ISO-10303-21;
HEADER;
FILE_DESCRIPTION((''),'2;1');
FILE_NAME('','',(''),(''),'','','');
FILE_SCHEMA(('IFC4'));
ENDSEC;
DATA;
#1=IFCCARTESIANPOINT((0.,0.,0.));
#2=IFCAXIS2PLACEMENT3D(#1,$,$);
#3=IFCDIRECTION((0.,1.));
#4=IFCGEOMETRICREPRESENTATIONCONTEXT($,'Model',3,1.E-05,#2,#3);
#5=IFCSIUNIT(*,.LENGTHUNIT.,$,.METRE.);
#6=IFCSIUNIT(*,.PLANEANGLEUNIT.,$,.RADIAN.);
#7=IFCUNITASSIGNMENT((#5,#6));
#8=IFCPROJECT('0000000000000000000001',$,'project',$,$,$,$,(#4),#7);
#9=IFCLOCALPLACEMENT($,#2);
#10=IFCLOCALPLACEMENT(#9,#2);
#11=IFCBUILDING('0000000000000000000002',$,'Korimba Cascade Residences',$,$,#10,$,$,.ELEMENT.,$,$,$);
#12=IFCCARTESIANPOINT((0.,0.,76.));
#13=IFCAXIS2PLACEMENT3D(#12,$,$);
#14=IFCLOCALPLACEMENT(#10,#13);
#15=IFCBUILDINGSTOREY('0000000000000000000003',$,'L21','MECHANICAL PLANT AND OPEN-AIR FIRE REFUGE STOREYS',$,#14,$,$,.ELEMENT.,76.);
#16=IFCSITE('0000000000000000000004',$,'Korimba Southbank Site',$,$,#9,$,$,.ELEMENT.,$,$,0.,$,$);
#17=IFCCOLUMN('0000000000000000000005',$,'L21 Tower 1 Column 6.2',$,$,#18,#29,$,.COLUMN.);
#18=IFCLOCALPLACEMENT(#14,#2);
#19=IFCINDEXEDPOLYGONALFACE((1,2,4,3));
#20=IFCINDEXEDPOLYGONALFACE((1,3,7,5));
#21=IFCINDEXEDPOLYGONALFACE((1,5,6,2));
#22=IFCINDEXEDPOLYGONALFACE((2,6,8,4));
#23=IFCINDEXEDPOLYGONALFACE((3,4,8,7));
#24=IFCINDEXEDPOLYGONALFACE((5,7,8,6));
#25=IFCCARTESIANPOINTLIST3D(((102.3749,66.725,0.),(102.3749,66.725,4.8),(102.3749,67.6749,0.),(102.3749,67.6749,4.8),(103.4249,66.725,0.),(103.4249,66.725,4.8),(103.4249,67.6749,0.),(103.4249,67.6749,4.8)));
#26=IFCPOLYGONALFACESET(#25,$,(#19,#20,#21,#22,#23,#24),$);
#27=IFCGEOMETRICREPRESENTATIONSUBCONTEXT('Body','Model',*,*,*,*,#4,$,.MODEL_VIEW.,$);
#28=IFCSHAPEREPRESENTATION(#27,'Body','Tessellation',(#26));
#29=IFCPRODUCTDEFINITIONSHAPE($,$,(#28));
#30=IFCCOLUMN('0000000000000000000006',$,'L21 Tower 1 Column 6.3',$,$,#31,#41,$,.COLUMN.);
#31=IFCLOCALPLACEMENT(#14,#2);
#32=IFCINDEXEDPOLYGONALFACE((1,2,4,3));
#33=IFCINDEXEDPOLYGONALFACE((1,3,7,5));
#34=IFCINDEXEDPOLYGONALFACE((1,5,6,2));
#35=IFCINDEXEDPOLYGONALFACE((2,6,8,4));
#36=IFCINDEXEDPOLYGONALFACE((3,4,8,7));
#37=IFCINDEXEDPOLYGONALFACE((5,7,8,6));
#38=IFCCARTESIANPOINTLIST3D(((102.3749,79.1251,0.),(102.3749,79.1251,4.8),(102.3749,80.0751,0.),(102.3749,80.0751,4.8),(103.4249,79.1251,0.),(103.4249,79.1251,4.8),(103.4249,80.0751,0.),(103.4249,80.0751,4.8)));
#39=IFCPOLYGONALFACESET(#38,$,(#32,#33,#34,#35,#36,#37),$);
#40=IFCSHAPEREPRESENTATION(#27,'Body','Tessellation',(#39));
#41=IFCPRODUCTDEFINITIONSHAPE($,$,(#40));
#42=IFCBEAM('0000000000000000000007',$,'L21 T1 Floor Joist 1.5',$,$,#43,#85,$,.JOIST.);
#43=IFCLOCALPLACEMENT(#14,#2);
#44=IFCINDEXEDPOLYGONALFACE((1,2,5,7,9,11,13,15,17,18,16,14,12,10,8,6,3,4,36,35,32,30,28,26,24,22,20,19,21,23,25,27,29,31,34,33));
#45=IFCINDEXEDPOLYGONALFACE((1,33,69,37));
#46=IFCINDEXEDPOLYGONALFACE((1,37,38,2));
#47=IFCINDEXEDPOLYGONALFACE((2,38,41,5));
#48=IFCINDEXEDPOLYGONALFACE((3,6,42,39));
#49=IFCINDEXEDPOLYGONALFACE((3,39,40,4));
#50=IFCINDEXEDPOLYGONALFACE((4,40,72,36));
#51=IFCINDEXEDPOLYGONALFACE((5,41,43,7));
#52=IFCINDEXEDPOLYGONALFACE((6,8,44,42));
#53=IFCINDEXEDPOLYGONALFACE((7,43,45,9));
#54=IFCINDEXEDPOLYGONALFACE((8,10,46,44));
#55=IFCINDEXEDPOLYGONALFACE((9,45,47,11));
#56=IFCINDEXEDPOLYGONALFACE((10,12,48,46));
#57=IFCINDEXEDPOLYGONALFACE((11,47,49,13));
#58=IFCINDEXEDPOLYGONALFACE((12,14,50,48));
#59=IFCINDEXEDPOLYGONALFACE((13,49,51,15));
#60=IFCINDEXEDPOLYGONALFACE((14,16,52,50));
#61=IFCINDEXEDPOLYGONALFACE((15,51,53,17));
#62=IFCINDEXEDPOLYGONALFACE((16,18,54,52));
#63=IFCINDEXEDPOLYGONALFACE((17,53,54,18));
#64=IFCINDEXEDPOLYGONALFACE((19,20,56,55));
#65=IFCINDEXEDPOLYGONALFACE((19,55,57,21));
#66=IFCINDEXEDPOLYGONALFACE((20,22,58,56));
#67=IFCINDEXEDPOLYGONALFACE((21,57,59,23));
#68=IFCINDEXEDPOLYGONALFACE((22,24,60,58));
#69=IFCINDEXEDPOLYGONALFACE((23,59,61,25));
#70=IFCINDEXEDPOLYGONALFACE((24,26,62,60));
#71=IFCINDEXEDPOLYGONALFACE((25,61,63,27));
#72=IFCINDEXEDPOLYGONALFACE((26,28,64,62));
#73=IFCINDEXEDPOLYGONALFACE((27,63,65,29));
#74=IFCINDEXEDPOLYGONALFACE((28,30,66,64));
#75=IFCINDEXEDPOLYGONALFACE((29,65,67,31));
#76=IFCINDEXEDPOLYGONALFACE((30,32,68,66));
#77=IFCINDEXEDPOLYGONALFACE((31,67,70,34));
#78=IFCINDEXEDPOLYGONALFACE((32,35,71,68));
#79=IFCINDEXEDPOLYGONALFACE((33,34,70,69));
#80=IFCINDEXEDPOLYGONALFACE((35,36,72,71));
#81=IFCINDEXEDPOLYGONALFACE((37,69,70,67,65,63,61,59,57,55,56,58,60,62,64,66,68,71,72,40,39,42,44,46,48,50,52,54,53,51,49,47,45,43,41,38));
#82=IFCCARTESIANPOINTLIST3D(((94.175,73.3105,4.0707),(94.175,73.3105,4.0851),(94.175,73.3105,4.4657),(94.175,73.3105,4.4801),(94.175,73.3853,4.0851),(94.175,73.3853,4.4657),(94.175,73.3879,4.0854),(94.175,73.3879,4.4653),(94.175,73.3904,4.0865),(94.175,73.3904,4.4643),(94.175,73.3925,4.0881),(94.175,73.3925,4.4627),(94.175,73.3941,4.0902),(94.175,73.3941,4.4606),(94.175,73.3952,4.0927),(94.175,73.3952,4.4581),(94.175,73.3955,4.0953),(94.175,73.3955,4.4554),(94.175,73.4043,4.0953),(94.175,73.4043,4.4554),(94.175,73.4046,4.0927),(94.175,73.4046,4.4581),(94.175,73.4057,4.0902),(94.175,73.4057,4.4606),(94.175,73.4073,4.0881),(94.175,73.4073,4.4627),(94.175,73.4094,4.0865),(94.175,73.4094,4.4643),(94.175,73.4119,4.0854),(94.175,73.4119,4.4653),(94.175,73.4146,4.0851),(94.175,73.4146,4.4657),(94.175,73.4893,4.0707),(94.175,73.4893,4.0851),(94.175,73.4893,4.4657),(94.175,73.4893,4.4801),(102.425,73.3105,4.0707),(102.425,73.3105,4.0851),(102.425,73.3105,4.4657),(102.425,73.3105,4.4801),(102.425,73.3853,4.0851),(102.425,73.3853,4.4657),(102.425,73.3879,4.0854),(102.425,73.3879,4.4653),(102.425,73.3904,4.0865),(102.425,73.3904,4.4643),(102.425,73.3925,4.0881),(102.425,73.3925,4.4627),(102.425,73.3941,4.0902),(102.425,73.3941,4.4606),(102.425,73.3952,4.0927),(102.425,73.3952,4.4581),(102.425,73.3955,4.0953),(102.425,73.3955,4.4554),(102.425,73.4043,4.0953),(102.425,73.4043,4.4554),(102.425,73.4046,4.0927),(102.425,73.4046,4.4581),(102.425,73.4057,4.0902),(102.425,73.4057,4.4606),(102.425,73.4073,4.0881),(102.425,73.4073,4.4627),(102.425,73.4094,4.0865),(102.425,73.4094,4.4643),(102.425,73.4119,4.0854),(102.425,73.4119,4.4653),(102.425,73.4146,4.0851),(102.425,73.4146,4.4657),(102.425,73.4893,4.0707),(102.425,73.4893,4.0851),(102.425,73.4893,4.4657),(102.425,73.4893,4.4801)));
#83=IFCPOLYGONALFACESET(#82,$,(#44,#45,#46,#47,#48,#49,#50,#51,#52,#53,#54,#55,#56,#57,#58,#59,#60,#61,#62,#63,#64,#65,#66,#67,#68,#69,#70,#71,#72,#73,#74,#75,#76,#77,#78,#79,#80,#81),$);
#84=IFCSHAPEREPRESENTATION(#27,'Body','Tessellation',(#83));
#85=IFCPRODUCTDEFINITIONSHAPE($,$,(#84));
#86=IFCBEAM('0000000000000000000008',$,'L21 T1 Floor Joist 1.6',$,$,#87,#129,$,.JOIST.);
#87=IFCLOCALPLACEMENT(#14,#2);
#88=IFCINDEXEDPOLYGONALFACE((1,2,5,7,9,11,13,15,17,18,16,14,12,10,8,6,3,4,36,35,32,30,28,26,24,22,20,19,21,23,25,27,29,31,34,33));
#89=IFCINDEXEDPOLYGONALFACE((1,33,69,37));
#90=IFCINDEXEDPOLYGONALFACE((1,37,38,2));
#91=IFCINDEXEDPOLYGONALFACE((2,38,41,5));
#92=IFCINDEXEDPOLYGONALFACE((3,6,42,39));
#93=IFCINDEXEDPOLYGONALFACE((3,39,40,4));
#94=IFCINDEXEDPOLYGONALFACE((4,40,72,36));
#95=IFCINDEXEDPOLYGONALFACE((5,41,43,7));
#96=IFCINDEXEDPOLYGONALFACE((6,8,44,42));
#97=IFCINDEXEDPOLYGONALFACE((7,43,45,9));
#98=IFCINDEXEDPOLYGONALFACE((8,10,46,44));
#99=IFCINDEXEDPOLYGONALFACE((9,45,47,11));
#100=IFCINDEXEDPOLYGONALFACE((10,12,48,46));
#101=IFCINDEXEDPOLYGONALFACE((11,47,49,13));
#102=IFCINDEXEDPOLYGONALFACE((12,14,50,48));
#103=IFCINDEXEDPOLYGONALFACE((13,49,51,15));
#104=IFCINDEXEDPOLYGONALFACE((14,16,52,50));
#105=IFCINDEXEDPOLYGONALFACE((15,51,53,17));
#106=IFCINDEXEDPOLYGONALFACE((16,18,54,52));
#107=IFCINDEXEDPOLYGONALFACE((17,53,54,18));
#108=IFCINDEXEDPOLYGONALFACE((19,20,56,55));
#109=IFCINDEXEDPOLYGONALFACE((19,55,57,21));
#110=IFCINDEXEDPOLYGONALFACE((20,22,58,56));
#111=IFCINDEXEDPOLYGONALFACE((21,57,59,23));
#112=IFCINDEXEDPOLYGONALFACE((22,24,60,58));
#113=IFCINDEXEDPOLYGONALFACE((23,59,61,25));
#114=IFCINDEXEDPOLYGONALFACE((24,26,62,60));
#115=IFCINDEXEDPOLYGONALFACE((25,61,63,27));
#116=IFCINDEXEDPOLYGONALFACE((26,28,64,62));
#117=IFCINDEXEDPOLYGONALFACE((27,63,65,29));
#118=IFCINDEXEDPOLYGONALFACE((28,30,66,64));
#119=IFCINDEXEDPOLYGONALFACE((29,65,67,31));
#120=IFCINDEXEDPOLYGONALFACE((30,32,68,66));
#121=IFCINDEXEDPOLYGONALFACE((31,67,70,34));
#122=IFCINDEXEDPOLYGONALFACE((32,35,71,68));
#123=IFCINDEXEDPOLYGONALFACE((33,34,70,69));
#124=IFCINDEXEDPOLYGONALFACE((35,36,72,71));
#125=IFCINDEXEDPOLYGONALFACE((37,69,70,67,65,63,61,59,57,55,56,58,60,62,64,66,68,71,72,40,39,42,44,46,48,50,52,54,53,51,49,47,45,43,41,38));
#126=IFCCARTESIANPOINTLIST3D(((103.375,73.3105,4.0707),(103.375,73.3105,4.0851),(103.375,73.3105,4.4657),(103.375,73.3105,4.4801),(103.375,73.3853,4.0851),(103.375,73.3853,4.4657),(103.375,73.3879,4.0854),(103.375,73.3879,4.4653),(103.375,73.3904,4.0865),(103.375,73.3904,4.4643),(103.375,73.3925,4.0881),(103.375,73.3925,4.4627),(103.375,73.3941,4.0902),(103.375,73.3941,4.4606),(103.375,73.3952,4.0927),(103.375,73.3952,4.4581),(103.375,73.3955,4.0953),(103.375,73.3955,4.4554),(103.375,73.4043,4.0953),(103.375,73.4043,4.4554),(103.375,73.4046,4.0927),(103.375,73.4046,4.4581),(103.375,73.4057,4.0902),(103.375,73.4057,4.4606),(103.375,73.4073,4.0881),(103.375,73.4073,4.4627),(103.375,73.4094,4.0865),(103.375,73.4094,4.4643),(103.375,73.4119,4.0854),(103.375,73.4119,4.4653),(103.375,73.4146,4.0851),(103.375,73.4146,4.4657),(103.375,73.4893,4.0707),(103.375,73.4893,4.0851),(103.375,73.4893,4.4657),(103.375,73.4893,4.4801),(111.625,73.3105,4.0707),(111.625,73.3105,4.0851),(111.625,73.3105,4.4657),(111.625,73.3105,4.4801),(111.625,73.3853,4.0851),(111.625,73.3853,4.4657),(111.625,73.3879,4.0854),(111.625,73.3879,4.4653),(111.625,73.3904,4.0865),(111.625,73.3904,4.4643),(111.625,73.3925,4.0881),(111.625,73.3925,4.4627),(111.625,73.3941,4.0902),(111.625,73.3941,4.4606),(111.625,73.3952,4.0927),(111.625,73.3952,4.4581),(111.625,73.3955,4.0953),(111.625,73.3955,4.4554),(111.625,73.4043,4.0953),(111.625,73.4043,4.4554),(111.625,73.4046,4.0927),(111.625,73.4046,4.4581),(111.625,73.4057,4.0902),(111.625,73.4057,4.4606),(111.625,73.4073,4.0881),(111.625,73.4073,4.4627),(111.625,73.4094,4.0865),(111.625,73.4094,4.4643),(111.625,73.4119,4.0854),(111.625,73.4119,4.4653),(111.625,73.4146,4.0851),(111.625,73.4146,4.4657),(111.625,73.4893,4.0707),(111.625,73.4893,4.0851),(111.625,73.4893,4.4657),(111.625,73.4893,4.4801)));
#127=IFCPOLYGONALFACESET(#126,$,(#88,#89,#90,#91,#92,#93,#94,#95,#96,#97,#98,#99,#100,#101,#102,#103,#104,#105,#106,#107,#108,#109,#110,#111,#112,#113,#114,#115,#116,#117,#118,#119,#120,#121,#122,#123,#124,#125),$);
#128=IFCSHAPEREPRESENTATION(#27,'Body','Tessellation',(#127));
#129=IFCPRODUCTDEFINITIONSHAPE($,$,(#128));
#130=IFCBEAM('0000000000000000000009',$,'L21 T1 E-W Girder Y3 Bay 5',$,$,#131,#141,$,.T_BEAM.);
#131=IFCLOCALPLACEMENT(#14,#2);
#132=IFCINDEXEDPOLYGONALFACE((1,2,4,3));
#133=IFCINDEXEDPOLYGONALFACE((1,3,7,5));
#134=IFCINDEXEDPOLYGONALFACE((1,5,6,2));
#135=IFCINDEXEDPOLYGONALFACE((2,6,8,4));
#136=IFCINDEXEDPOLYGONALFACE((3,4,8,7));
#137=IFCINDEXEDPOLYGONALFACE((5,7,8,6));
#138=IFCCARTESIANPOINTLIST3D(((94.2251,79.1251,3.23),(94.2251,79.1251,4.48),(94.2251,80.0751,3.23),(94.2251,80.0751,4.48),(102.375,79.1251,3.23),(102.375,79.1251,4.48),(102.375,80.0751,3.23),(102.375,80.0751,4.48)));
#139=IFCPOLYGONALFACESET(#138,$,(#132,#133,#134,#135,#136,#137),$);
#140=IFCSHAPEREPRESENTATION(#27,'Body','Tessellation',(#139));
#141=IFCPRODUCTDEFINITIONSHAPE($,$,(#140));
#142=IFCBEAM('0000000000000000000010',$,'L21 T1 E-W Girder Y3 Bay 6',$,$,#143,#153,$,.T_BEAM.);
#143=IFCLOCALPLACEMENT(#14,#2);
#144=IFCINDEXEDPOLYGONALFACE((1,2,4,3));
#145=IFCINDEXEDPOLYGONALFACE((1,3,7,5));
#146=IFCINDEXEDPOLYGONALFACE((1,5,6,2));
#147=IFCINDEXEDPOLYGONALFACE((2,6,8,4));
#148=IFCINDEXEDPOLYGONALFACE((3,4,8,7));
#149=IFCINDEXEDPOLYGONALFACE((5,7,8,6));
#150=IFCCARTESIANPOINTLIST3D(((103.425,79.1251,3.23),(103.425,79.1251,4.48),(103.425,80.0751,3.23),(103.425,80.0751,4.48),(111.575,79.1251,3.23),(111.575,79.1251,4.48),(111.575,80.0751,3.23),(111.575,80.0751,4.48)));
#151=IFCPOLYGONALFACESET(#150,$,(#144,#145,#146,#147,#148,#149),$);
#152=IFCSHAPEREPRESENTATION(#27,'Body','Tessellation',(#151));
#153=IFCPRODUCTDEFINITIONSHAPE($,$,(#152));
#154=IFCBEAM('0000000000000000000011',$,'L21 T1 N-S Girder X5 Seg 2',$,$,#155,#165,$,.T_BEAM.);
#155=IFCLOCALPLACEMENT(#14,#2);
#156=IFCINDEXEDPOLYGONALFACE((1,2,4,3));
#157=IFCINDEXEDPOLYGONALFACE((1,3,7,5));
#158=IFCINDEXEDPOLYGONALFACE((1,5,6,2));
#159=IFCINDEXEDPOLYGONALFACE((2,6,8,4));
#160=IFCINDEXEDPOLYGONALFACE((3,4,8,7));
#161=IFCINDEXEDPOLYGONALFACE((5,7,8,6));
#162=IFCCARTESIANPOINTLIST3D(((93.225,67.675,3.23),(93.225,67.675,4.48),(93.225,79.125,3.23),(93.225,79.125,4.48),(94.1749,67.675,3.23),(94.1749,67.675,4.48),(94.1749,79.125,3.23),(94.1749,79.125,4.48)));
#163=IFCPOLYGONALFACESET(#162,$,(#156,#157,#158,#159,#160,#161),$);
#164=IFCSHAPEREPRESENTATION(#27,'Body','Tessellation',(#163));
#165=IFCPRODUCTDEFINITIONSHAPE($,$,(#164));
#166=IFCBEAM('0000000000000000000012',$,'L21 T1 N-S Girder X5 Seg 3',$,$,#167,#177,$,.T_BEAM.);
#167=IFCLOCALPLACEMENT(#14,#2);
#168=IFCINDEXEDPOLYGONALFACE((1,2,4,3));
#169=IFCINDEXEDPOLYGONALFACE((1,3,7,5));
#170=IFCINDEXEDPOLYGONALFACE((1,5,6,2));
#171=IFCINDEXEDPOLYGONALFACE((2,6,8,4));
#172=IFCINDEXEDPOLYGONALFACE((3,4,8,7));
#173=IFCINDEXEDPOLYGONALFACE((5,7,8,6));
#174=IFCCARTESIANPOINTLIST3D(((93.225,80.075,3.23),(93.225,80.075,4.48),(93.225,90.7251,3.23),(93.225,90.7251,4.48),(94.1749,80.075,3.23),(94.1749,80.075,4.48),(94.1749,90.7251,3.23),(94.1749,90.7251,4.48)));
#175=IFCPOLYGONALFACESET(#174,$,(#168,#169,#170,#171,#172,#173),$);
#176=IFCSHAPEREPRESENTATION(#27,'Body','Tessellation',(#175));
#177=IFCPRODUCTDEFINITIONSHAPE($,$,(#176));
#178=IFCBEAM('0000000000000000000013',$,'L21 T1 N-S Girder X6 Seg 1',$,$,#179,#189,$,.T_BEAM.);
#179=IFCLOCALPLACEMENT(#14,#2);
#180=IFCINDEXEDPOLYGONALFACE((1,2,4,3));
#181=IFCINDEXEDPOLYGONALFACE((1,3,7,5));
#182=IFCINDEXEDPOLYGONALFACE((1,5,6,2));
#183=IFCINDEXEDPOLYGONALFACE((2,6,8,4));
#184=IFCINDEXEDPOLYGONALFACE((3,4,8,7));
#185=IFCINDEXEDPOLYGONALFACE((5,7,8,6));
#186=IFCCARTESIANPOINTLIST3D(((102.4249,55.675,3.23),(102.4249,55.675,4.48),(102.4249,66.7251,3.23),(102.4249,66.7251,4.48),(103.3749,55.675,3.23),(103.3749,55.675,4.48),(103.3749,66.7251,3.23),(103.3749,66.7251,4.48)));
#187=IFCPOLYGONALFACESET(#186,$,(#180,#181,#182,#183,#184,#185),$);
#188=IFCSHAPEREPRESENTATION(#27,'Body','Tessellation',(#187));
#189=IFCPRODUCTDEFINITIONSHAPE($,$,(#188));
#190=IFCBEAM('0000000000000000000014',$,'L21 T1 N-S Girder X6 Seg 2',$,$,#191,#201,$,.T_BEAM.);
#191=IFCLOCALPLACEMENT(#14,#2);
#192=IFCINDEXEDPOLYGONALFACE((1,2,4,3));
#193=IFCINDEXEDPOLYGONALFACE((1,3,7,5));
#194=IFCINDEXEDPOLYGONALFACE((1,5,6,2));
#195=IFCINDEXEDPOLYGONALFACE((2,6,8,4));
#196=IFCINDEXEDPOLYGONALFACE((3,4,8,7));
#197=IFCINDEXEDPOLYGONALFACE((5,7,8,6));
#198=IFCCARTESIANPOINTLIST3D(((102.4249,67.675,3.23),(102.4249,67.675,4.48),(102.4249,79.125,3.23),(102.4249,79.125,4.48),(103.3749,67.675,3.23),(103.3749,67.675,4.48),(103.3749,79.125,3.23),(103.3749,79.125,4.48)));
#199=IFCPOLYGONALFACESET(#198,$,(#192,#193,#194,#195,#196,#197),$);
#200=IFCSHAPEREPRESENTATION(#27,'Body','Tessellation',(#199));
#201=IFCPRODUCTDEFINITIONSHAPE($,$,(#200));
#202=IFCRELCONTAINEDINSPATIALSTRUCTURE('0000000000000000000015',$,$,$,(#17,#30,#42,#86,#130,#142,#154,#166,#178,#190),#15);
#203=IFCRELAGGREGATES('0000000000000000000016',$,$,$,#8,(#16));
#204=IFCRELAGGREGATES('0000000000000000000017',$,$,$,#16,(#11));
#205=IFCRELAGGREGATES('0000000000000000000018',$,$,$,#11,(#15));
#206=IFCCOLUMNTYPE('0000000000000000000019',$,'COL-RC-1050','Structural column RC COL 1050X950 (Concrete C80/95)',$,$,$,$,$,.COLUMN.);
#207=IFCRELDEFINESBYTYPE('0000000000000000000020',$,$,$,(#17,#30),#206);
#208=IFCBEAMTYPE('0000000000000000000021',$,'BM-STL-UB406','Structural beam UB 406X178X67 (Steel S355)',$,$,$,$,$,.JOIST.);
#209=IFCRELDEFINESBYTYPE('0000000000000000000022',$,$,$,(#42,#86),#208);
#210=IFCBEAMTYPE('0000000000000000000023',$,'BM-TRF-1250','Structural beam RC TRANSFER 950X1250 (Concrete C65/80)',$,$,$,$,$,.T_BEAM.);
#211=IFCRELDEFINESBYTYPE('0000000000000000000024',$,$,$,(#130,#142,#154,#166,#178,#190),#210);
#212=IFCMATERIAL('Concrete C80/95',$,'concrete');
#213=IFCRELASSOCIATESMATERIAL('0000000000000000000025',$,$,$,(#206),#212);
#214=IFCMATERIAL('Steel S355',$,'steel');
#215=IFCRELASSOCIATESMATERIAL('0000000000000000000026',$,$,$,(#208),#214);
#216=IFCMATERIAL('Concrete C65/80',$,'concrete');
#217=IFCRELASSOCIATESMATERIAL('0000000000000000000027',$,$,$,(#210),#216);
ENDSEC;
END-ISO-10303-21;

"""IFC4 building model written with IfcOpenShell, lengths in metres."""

from ifc_helpers import new_model, si_unit, direction, frame, origin, origin_2d, place, context, subcontext, project, spatial, rectangle, i_section, extrude, material, material_profile, profile_set, type_object, element, save


model = new_model("IFC4")

# Units and contexts
model_context = context("Model", 3, precision=1e-05, world=origin(), true_north=direction((0.0, 1.0)))
body_context = subcontext(model_context, "Body", "Model", "MODEL_VIEW")
ifc_project = project(units=[si_unit("LENGTHUNIT", "METRE"), si_unit("PLANEANGLEUNIT", "RADIAN")], contexts=[model_context])

# Site, building, storey
site_placement = place(None, origin())
site = spatial("IfcSite", under=ifc_project, at=site_placement, Name="Korimba Southbank Site", CompositionType="ELEMENT", RefElevation=0.0)
building_placement = place(site_placement, origin())
building = spatial("IfcBuilding", under=site, at=building_placement, Name="Korimba Cascade Residences", CompositionType="ELEMENT")
storey_placement = place(building_placement, frame((0.0, 0.0, 76.0)))
storey = spatial("IfcBuildingStorey", under=building, at=storey_placement, Name="L21", Description="MECHANICAL PLANT AND OPEN-AIR FIRE REFUGE STOREYS", CompositionType="ELEMENT", Elevation=76.0)

# Columns
ifc_material_1 = material(Name="Concrete C80/95", Category="concrete")
ifc_material_profile_1 = material_profile(ifc_material_1, rectangle(XDim=1.05, YDim=0.95, at=origin_2d()), Name="Concrete C80/95")
ifc_profile_set_1 = profile_set([ifc_material_profile_1], Name="Concrete C80/95")
column_type = type_object("IfcColumnType", Name="COL-RC-1050", Description="Structural column RC COL 1050X950 (Concrete C80/95)", PredefinedType="COLUMN", material=ifc_profile_set_1)
for number, where, z_axis, x_axis, name in (
    (1, (102.8999, 67.2, 0.0), (0.0, 0.0, 1.0), (1.0, 0.0, 0.0), "L21 Tower 1 Column 6.2"),
    (2, (102.8999, 79.6001, 0.0), (0.0, 0.0, 1.0), (1.0, 0.0, 0.0), "L21 Tower 1 Column 6.3"),
):
    element("IfcColumn", number, at=place(storey_placement, frame(where, z_axis=z_axis, x_axis=x_axis)), inside=storey, type_object=column_type, Name=name, PredefinedType="COLUMN", context=body_context, shape_type="SweptSolid", body=[
        extrude(rectangle(XDim=1.05, YDim=0.95, at=origin_2d()), origin(), (0.0, 0.0, 1.0), 4.8),
    ])

# Beams
ifc_material_2 = material(Name="Steel S355", Category="steel")
ifc_material_profile_2 = material_profile(ifc_material_2, i_section(OverallWidth=0.1787, OverallDepth=0.4094, WebThickness=0.0088, FlangeThickness=0.0144, FilletRadius=0.0103, at=origin_2d()), Name="Steel S355")
ifc_profile_set_2 = profile_set([ifc_material_profile_2], Name="Steel S355")
beam_type_1 = type_object("IfcBeamType", Name="BM-STL-UB406", Description="Structural beam UB 406X178X67 (Steel S355)", PredefinedType="JOIST", material=ifc_profile_set_2)
for number, where, z_axis, x_axis, name in (
    (3, (94.175, 73.3999, 4.2754), (1.0, 0.0, 0.0), (0.0, 1.0, 0.0), "L21 T1 Floor Joist 1.5"),
    (4, (103.375, 73.3999, 4.2754), (1.0, 0.0, 0.0), (0.0, 1.0, 0.0), "L21 T1 Floor Joist 1.6"),
):
    element("IfcBeam", number, at=place(storey_placement, frame(where, z_axis=z_axis, x_axis=x_axis)), inside=storey, type_object=beam_type_1, Name=name, PredefinedType="JOIST", context=body_context, shape_type="SweptSolid", body=[
        extrude(i_section(OverallWidth=0.1787, OverallDepth=0.4094, WebThickness=0.0088, FlangeThickness=0.0144, FilletRadius=0.0103, at=origin_2d()), origin(), (0.0, 0.0, 1.0), 8.25),
    ])
ifc_material_3 = material(Name="Concrete C65/80", Category="concrete")
ifc_material_profile_3 = material_profile(ifc_material_3, rectangle(XDim=0.95, YDim=1.25, at=origin_2d()), Name="Concrete C65/80")
ifc_profile_set_3 = profile_set([ifc_material_profile_3], Name="Concrete C65/80")
beam_type_2 = type_object("IfcBeamType", Name="BM-TRF-1250", Description="Structural beam RC TRANSFER 950X1250 (Concrete C65/80)", PredefinedType="T_BEAM", material=ifc_profile_set_3)
for number, where, z_axis, x_axis, name in (
    (5, (94.2251, 79.6001, 3.855), (1.0, 0.0, 0.0), (0.0, 1.0, 0.0), "L21 T1 E-W Girder Y3 Bay 5"),
    (6, (103.425, 79.6001, 3.855), (1.0, 0.0, 0.0), (0.0, 1.0, 0.0), "L21 T1 E-W Girder Y3 Bay 6"),
):
    element("IfcBeam", number, at=place(storey_placement, frame(where, z_axis=z_axis, x_axis=x_axis)), inside=storey, type_object=beam_type_2, Name=name, PredefinedType="T_BEAM", context=body_context, shape_type="SweptSolid", body=[
        extrude(rectangle(XDim=0.95, YDim=1.25, at=origin_2d()), origin(), (0.0, 0.0, 1.0), 8.1499),
    ])
beam_1_placement = place(storey_placement, frame((93.7, 67.675, 3.855), z_axis=(0.0, 1.0, 0.0), x_axis=(-1.0, 0.0, 0.0)))
element("IfcBeam", 7, at=beam_1_placement, inside=storey, type_object=beam_type_2, Name="L21 T1 N-S Girder X5 Seg 2", PredefinedType="T_BEAM", context=body_context, shape_type="SweptSolid", body=[
    extrude(rectangle(XDim=0.95, YDim=1.25, at=origin_2d()), origin(), (0.0, 0.0, 1.0), 11.45),
])
beam_2_placement = place(storey_placement, frame((93.7, 80.075, 3.855), z_axis=(0.0, 1.0, 0.0), x_axis=(-1.0, 0.0, 0.0)))
element("IfcBeam", 8, at=beam_2_placement, inside=storey, type_object=beam_type_2, Name="L21 T1 N-S Girder X5 Seg 3", PredefinedType="T_BEAM", context=body_context, shape_type="SweptSolid", body=[
    extrude(rectangle(XDim=0.95, YDim=1.25, at=origin_2d()), origin(), (0.0, 0.0, 1.0), 10.6501),
])
beam_3_placement = place(storey_placement, frame((102.8999, 55.675, 3.855), z_axis=(0.0, 1.0, 0.0), x_axis=(-1.0, 0.0, 0.0)))
element("IfcBeam", 9, at=beam_3_placement, inside=storey, type_object=beam_type_2, Name="L21 T1 N-S Girder X6 Seg 1", PredefinedType="T_BEAM", context=body_context, shape_type="SweptSolid", body=[
    extrude(rectangle(XDim=0.95, YDim=1.25, at=origin_2d()), origin(), (0.0, 0.0, 1.0), 11.05),
])
beam_4_placement = place(storey_placement, frame((102.8999, 67.675, 3.855), z_axis=(0.0, 1.0, 0.0), x_axis=(-1.0, 0.0, 0.0)))
element("IfcBeam", 10, at=beam_4_placement, inside=storey, type_object=beam_type_2, Name="L21 T1 N-S Girder X6 Seg 2", PredefinedType="T_BEAM", context=body_context, shape_type="SweptSolid", body=[
    extrude(rectangle(XDim=0.95, YDim=1.25, at=origin_2d()), origin(), (0.0, 0.0, 1.0), 11.45),
])

save(model, "model.ifc")
